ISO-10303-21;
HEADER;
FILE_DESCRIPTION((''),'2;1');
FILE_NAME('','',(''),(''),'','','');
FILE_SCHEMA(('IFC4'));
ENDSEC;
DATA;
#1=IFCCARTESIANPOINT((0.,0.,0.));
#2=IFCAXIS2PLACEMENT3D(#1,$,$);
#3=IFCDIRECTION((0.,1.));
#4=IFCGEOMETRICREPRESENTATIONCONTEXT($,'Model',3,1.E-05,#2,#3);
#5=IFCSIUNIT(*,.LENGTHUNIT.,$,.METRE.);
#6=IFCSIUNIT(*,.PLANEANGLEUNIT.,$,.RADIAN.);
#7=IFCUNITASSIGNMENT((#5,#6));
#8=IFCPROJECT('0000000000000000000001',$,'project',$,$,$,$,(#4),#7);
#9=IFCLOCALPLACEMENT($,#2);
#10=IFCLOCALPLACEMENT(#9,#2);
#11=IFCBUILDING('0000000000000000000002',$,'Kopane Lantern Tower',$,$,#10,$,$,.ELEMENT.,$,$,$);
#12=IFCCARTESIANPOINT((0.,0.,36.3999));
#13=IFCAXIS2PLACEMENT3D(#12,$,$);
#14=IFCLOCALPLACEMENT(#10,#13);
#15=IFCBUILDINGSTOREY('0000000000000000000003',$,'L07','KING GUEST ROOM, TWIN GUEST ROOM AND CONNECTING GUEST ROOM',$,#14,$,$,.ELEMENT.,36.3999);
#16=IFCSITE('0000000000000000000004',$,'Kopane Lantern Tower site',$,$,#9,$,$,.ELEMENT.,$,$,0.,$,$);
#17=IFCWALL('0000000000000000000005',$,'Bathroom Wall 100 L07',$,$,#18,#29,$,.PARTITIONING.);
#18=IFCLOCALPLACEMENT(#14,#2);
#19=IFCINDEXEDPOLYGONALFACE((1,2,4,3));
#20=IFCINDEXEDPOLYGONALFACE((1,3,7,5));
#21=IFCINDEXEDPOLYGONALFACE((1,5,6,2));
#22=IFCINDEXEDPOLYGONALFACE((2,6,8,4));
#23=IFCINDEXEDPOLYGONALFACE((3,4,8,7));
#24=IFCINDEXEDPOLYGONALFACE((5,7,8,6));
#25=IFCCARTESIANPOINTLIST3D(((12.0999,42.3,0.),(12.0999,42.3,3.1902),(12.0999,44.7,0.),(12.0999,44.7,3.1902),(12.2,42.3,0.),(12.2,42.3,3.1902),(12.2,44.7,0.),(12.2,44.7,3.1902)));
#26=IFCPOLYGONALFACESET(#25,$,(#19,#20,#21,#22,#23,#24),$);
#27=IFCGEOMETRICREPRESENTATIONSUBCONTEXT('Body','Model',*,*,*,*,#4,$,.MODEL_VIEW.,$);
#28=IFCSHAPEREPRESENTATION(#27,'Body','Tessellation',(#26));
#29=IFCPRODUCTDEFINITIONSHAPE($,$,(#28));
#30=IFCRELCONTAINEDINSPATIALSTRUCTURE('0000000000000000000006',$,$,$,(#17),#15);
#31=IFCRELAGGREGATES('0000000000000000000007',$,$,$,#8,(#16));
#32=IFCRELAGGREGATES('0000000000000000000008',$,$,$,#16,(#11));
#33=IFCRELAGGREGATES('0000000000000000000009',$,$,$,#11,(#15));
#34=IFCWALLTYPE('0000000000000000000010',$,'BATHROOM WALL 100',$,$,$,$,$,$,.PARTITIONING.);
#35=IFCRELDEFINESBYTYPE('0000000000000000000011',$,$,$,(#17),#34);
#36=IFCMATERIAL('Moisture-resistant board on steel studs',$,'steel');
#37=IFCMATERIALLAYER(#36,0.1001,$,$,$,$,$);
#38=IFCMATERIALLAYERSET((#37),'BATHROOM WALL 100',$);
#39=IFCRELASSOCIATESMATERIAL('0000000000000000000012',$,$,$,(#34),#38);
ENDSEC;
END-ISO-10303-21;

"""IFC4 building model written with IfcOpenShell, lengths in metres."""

from ifc_helpers import new_model, si_unit, direction, frame, frame_2d, origin, place, context, subcontext, project, spatial, rectangle, extrude, material, layer, layer_set, type_object, element, save


model = new_model("IFC4")

# Units and contexts
model_context = context("Model", 3, precision=1e-05, world=origin(), true_north=direction((0.0, 1.0)))
body_context = subcontext(model_context, "Body", "Model", "MODEL_VIEW")
ifc_project = project(units=[si_unit("LENGTHUNIT", "METRE"), si_unit("PLANEANGLEUNIT", "RADIAN")], contexts=[model_context])

# Site, building, storey
site_placement = place(None, origin())
site = spatial("IfcSite", under=ifc_project, at=site_placement, Name="Kopane Lantern Tower site", CompositionType="ELEMENT", RefElevation=0.0)
building_placement = place(site_placement, origin())
building = spatial("IfcBuilding", under=site, at=building_placement, Name="Kopane Lantern Tower", CompositionType="ELEMENT")
storey_placement = place(building_placement, frame((0.0, 0.0, 36.3999)))
storey = spatial("IfcBuildingStorey", under=building, at=storey_placement, Name="L07", Description="KING GUEST ROOM, TWIN GUEST ROOM AND CONNECTING GUEST ROOM", CompositionType="ELEMENT", Elevation=36.3999)

# Wall
ifc_material_1 = material(Name="Moisture-resistant board on steel studs", Category="steel")
ifc_layer_1 = layer(ifc_material_1, 0.1001)
ifc_layer_set_1 = layer_set([ifc_layer_1], Name="BATHROOM WALL 100")
wall_type_1 = type_object("IfcWallType", Name="BATHROOM WALL 100", PredefinedType="PARTITIONING", material=ifc_layer_set_1)
wall_1_placement = place(storey_placement, frame((12.1499, 42.3, 0.0), z_axis=(0.0, 0.0, 1.0), x_axis=(0.0, 1.0, 0.0)))
element("IfcWall", 1, at=wall_1_placement, inside=storey, type_object=wall_type_1, Name="Bathroom Wall 100 L07", PredefinedType="PARTITIONING", context=body_context, shape_type="SweptSolid", body=[
    extrude(rectangle(XDim=2.3999, YDim=0.1001, at=frame_2d((1.2, 0.0))), origin(), (0.0, 0.0, 1.0), 3.1902),
])

save(model, "model.ifc")
